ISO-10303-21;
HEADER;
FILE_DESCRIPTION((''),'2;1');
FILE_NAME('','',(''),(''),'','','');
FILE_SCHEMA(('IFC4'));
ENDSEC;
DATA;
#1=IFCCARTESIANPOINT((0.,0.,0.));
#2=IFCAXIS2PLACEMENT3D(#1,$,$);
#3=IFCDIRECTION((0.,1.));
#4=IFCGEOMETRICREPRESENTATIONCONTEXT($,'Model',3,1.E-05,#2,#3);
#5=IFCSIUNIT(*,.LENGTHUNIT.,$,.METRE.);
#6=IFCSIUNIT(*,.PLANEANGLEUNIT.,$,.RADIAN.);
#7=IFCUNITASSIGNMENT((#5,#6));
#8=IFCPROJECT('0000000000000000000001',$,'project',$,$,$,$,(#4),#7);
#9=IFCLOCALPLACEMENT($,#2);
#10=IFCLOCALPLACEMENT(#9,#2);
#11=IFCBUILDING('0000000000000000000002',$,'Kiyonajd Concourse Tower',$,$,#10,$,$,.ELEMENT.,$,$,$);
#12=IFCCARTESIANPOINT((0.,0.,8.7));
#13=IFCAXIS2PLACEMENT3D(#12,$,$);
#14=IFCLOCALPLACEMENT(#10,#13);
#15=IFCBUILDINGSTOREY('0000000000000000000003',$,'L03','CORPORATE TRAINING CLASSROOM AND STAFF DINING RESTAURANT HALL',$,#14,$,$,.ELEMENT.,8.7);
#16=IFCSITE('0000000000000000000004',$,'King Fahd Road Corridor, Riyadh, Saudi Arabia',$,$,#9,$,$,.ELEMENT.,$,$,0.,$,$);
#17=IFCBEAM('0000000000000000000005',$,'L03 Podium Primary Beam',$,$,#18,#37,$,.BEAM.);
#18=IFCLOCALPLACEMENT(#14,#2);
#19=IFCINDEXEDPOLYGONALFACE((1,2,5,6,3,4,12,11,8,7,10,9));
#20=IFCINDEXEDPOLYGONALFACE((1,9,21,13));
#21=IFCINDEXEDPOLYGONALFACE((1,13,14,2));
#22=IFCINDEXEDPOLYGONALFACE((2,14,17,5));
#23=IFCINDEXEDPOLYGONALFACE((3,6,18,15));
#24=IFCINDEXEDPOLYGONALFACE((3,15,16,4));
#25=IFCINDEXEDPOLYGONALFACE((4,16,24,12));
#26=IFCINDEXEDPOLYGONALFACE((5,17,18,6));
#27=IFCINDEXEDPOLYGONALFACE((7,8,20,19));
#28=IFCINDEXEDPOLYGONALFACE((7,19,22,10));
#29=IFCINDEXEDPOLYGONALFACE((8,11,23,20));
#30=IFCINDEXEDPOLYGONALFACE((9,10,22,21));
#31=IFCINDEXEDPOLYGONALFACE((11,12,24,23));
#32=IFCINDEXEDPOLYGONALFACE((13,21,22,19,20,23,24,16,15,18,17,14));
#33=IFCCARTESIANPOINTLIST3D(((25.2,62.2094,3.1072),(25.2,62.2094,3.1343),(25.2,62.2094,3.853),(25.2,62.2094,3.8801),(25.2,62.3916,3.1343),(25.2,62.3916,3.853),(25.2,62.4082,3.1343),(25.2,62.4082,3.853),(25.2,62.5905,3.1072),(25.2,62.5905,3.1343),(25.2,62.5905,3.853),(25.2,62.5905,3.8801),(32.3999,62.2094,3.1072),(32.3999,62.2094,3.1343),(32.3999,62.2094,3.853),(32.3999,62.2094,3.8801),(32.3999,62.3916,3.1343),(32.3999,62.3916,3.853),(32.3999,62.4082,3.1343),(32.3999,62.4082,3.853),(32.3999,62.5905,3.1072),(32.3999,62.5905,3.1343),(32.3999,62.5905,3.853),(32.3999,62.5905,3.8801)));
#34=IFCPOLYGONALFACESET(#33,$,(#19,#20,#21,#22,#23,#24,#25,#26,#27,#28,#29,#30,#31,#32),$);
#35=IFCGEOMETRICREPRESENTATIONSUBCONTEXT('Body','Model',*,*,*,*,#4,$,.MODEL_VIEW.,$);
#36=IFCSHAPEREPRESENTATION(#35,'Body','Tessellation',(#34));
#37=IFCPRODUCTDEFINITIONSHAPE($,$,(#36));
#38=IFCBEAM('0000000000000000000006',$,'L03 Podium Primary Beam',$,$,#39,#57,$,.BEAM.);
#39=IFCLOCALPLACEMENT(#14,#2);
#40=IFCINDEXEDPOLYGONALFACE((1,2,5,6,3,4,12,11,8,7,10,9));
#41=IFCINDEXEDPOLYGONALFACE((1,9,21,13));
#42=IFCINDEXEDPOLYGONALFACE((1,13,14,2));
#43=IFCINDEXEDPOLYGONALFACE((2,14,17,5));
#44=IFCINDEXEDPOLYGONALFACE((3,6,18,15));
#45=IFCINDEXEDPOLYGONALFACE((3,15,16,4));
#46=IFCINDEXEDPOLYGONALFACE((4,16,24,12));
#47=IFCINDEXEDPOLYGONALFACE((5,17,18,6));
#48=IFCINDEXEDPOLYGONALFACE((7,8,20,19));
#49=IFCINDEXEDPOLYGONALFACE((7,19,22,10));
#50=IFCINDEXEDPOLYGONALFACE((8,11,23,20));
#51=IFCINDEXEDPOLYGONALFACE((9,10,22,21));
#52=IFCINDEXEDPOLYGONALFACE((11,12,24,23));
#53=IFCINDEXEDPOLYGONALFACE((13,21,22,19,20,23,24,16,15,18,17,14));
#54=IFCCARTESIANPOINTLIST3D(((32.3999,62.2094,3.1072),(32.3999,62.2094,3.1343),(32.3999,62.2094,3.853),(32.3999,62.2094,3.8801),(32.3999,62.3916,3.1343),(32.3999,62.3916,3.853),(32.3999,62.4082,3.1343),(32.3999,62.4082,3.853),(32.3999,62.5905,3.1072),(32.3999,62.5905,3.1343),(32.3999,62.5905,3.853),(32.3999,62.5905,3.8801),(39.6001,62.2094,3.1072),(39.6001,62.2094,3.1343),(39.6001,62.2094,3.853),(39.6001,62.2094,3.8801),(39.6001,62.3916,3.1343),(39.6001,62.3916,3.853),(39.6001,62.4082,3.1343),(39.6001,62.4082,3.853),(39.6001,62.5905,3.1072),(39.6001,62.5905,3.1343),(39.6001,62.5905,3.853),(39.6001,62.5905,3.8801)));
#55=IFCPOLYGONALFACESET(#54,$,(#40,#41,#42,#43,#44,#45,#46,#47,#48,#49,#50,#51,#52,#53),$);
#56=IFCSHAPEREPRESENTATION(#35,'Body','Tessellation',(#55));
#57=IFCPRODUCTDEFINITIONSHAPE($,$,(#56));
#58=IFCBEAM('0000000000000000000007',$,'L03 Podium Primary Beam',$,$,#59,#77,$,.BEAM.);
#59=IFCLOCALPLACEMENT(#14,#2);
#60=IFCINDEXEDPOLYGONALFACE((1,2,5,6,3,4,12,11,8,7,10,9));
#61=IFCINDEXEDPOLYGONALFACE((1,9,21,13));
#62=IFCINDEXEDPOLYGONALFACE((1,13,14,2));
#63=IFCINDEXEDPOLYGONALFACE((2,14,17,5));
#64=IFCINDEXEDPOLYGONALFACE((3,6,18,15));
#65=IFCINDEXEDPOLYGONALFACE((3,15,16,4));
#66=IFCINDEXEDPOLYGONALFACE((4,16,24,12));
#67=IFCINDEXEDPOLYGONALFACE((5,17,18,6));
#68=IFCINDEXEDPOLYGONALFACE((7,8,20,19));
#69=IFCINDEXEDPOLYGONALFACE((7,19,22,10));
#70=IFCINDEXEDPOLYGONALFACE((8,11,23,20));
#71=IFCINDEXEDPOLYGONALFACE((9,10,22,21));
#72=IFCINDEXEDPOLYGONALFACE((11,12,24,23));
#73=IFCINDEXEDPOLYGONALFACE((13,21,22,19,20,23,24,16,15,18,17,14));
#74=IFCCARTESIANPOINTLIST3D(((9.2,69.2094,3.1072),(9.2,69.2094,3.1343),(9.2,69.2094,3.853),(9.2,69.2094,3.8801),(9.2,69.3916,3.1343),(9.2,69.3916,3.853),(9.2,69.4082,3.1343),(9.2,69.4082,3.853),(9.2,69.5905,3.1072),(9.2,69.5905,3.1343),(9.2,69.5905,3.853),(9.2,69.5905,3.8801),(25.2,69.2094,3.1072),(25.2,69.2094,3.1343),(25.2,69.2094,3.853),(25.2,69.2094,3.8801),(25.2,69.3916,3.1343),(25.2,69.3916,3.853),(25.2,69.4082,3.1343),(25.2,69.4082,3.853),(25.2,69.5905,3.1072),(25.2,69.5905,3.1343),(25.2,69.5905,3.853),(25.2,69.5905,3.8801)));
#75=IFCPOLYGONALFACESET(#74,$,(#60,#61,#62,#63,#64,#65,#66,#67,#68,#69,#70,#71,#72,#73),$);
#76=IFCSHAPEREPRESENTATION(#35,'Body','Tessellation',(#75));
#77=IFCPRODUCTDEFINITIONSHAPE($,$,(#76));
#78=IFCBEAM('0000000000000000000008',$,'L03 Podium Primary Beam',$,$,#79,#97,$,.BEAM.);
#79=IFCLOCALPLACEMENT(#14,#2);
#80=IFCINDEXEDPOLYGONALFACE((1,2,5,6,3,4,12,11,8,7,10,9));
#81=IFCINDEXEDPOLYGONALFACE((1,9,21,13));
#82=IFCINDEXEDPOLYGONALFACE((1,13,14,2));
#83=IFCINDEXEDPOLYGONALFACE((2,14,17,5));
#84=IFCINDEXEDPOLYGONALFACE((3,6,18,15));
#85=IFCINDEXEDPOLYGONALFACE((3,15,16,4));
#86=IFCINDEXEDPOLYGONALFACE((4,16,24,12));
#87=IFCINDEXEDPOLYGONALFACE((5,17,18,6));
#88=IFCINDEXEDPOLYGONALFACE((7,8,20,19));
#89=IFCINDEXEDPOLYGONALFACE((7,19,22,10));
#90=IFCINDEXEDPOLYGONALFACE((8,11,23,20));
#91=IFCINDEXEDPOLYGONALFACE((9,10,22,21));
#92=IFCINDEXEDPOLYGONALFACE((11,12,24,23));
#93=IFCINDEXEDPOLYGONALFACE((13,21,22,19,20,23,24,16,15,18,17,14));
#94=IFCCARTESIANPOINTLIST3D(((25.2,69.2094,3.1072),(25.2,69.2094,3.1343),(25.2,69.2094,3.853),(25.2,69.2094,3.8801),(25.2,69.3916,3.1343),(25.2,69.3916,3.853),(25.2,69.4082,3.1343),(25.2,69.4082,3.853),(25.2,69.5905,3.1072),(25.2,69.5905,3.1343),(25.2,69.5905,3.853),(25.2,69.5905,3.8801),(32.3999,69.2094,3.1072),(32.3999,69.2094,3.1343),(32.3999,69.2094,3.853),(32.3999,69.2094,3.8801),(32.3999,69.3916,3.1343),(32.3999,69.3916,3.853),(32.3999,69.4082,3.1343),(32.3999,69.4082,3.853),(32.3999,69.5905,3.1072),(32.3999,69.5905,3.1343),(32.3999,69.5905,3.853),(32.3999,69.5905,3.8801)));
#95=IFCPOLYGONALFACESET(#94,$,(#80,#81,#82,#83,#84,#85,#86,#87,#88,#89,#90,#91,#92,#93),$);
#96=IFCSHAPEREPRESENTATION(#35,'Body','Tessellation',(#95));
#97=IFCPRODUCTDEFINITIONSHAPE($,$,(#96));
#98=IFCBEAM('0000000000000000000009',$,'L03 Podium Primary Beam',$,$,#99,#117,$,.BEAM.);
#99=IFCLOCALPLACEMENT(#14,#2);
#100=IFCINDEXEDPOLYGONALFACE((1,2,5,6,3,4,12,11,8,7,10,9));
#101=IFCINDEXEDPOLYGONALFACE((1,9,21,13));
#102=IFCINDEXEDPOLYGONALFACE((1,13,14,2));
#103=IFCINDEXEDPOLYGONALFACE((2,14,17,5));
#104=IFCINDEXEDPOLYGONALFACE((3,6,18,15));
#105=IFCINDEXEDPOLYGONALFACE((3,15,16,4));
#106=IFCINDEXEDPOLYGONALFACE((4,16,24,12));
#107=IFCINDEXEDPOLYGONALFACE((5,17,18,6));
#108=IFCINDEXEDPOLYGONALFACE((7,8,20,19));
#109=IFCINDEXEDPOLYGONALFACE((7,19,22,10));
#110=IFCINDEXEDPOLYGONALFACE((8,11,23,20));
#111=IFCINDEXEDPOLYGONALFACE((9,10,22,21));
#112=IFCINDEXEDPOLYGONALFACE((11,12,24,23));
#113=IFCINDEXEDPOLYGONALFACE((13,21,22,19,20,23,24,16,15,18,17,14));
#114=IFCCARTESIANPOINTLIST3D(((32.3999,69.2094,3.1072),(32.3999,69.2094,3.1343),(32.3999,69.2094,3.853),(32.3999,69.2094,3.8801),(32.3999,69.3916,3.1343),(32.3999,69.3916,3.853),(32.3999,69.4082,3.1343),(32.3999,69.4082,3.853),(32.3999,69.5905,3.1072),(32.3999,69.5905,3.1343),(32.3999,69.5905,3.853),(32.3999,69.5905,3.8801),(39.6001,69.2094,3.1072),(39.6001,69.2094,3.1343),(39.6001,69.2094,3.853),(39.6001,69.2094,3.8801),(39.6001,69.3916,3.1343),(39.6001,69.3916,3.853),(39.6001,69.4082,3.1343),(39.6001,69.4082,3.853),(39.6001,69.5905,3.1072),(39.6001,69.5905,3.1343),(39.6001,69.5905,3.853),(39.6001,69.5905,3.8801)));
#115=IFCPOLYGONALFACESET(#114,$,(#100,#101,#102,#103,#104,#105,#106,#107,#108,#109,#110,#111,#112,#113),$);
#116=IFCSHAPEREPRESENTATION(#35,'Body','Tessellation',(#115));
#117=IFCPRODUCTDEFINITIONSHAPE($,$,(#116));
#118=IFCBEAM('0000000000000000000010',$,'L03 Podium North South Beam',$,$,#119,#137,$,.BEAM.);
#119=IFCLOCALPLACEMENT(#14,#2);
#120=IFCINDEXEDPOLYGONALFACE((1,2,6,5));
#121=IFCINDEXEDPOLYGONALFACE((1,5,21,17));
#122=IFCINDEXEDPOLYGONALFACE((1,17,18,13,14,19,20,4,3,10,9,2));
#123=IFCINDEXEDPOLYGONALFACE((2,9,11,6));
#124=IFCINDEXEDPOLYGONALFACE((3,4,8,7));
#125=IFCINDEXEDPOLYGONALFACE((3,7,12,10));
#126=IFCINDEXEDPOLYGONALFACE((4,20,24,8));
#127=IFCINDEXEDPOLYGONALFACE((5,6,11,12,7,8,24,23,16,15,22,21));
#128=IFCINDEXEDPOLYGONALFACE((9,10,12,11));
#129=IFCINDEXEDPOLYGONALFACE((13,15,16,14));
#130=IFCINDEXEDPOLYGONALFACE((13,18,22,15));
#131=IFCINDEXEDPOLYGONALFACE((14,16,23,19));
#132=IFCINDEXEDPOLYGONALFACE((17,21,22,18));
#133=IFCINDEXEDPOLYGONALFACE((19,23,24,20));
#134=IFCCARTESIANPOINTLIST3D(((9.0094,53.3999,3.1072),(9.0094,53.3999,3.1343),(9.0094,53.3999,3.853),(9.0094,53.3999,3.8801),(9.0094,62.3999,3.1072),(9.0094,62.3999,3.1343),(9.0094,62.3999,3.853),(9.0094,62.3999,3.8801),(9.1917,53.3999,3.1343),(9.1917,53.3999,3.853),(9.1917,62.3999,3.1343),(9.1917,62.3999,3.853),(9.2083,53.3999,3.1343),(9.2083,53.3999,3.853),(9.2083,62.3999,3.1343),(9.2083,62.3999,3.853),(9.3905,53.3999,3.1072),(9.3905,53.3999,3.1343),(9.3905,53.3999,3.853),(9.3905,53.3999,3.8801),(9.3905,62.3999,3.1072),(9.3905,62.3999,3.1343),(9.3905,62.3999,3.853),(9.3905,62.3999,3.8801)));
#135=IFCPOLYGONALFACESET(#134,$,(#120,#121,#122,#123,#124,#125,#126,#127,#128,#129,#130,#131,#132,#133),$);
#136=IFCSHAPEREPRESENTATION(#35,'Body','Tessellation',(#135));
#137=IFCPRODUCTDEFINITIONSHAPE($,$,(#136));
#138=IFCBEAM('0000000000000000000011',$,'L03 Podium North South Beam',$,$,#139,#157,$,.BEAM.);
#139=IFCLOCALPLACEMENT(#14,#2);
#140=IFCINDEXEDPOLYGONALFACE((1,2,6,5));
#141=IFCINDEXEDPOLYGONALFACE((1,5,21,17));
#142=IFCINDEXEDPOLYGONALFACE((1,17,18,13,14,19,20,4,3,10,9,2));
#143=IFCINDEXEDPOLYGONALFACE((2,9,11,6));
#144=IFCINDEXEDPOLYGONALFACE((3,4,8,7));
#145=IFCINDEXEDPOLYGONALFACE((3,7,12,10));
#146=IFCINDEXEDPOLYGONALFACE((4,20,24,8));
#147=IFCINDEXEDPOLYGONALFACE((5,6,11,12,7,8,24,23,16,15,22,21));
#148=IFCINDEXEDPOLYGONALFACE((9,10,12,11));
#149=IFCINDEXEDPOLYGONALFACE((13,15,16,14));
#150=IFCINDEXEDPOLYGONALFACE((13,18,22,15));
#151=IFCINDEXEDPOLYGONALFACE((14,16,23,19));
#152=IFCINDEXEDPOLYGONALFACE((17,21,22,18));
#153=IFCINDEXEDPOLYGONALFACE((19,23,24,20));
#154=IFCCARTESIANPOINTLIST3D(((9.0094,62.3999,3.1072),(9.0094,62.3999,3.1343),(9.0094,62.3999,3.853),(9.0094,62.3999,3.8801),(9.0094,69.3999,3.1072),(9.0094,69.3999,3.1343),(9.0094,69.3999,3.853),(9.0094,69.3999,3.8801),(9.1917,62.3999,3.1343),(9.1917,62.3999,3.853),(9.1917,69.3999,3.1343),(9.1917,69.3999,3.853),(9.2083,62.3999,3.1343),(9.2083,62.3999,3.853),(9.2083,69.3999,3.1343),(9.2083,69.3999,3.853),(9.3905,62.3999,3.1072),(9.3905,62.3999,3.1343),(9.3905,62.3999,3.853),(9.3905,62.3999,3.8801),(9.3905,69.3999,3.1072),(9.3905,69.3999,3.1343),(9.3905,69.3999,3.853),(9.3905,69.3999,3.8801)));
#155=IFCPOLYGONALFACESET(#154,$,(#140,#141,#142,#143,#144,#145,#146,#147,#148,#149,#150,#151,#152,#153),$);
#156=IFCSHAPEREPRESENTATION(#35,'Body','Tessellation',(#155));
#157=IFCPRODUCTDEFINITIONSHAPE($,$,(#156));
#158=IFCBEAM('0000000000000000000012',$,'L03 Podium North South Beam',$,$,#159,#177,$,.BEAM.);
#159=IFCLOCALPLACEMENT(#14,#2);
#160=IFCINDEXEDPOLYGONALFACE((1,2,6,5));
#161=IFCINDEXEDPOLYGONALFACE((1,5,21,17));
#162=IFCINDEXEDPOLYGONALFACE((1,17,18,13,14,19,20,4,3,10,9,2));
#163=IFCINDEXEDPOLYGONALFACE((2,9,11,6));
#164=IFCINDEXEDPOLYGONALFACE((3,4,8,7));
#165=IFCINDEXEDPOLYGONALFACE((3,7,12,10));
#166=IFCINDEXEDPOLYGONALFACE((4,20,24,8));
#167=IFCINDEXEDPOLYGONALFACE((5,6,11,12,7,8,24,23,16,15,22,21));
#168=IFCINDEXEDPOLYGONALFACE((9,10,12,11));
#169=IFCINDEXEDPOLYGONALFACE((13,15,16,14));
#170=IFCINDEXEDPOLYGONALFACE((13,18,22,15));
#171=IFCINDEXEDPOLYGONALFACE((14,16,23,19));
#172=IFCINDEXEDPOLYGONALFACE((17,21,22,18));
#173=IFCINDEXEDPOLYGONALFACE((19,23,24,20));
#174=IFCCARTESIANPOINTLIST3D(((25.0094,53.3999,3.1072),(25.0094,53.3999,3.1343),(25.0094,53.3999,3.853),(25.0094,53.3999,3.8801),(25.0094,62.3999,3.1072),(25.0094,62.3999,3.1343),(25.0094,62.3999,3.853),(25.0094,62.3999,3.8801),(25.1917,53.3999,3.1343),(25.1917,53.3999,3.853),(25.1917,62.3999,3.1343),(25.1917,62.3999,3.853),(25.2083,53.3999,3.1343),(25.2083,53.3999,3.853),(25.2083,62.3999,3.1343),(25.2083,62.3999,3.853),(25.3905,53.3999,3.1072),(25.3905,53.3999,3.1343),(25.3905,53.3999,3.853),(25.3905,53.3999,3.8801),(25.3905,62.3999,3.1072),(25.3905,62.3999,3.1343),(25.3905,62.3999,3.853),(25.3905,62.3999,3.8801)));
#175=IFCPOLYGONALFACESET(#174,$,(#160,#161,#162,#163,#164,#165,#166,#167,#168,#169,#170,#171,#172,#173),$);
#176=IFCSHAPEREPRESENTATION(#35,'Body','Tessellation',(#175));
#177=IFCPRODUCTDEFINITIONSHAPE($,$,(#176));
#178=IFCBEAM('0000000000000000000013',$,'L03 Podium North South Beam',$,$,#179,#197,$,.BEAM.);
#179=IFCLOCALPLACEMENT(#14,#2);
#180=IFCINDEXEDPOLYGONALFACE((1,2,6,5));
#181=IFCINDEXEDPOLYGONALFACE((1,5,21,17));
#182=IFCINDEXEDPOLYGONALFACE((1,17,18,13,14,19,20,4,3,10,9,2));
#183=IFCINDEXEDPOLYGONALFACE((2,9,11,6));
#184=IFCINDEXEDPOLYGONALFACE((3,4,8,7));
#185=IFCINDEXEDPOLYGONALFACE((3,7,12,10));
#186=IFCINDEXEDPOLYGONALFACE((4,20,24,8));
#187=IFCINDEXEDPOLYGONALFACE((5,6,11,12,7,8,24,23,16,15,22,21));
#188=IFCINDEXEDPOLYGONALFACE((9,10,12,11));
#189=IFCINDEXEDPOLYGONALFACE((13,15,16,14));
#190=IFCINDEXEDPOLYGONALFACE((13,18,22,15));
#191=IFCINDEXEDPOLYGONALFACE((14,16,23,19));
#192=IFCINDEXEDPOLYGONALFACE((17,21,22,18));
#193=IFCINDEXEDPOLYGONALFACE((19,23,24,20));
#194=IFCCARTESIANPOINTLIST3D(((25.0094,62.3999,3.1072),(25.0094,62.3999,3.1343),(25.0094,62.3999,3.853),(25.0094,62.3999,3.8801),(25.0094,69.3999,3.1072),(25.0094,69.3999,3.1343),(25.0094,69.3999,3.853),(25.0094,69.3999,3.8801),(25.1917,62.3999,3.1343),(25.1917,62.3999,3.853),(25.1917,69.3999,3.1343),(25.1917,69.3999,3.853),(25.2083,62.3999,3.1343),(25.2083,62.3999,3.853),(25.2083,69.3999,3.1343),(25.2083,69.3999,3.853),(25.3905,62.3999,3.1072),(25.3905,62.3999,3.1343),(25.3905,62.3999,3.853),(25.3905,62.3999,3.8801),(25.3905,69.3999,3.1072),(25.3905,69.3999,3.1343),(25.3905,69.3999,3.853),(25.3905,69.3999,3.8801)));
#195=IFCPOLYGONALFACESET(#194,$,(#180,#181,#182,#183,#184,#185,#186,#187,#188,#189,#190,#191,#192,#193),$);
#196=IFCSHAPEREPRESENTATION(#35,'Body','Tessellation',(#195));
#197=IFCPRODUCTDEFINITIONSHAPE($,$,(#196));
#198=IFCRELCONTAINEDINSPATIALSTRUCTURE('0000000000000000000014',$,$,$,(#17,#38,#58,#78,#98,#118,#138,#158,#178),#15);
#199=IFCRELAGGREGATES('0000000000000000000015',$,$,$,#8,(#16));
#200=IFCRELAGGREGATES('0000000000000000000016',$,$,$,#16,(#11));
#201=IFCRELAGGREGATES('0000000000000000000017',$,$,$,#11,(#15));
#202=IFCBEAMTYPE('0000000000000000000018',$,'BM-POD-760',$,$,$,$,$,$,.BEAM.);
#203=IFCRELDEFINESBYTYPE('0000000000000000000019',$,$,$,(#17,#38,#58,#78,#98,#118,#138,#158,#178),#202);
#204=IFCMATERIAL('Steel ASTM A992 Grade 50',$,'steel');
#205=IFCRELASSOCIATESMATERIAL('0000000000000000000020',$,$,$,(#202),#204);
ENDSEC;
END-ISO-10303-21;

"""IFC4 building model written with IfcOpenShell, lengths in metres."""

from ifc_helpers import new_model, si_unit, direction, frame, origin, origin_2d, place, context, subcontext, project, spatial, i_section, extrude, material, material_profile, profile_set, type_object, element, save


model = new_model("IFC4")

# Units and contexts
model_context = context("Model", 3, precision=1e-05, world=origin(), true_north=direction((0.0, 1.0)))
body_context = subcontext(model_context, "Body", "Model", "MODEL_VIEW")
ifc_project = project(units=[si_unit("LENGTHUNIT", "METRE"), si_unit("PLANEANGLEUNIT", "RADIAN")], contexts=[model_context])

# Site, building, storey
site_placement = place(None, origin())
site = spatial("IfcSite", under=ifc_project, at=site_placement, Name="King Fahd Road Corridor, Riyadh, Saudi Arabia", CompositionType="ELEMENT", RefElevation=0.0)
building_placement = place(site_placement, origin())
building = spatial("IfcBuilding", under=site, at=building_placement, Name="Kiyonajd Concourse Tower", CompositionType="ELEMENT")
storey_placement = place(building_placement, frame((0.0, 0.0, 8.7)))
storey = spatial("IfcBuildingStorey", under=building, at=storey_placement, Name="L03", Description="CORPORATE TRAINING CLASSROOM AND STAFF DINING RESTAURANT HALL", CompositionType="ELEMENT", Elevation=8.7)

# Beams
ifc_material_1 = material(Name="Steel ASTM A992 Grade 50", Category="steel")
ifc_material_profile_1 = material_profile(ifc_material_1, i_section(OverallWidth=0.3811, OverallDepth=0.7729, WebThickness=0.0166, FlangeThickness=0.0271, at=origin_2d()), Name="W760X257")
ifc_profile_set_1 = profile_set([ifc_material_profile_1], Name="Steel ASTM A992 Grade 50")
beam_type_1 = type_object("IfcBeamType", Name="BM-POD-760", PredefinedType="BEAM", material=ifc_profile_set_1)
beam_1_placement = place(storey_placement, frame((25.2, 62.3999, 3.4937), z_axis=(1.0, 0.0, 0.0), x_axis=(0.0, 1.0, 0.0)))
element("IfcBeam", 1, at=beam_1_placement, inside=storey, type_object=beam_type_1, Name="L03 Podium Primary Beam", PredefinedType="BEAM", context=body_context, shape_type="SweptSolid", body=[
    extrude(i_section(OverallWidth=0.3811, OverallDepth=0.7729, WebThickness=0.0166, FlangeThickness=0.0271, at=origin_2d()), origin(), (0.0, 0.0, 1.0), 7.2),
])
beam_2_placement = place(storey_placement, frame((32.3999, 62.3999, 3.4937), z_axis=(1.0, 0.0, 0.0), x_axis=(0.0, 1.0, 0.0)))
element("IfcBeam", 2, at=beam_2_placement, inside=storey, type_object=beam_type_1, Name="L03 Podium Primary Beam", PredefinedType="BEAM", context=body_context, shape_type="SweptSolid", body=[
    extrude(i_section(OverallWidth=0.3811, OverallDepth=0.7729, WebThickness=0.0166, FlangeThickness=0.0271, at=origin_2d()), origin(), (0.0, 0.0, 1.0), 7.2002),
])
beam_3_placement = place(storey_placement, frame((9.2, 69.3999, 3.4937), z_axis=(1.0, 0.0, 0.0), x_axis=(0.0, 1.0, 0.0)))
element("IfcBeam", 3, at=beam_3_placement, inside=storey, type_object=beam_type_1, Name="L03 Podium Primary Beam", PredefinedType="BEAM", context=body_context, shape_type="SweptSolid", body=[
    extrude(i_section(OverallWidth=0.3811, OverallDepth=0.7729, WebThickness=0.0166, FlangeThickness=0.0271, at=origin_2d()), origin(), (0.0, 0.0, 1.0), 16.0),
])
beam_4_placement = place(storey_placement, frame((25.2, 69.3999, 3.4937), z_axis=(1.0, 0.0, 0.0), x_axis=(0.0, 1.0, 0.0)))
element("IfcBeam", 4, at=beam_4_placement, inside=storey, type_object=beam_type_1, Name="L03 Podium Primary Beam", PredefinedType="BEAM", context=body_context, shape_type="SweptSolid", body=[
    extrude(i_section(OverallWidth=0.3811, OverallDepth=0.7729, WebThickness=0.0166, FlangeThickness=0.0271, at=origin_2d()), origin(), (0.0, 0.0, 1.0), 7.2),
])
beam_5_placement = place(storey_placement, frame((32.3999, 69.3999, 3.4937), z_axis=(1.0, 0.0, 0.0), x_axis=(0.0, 1.0, 0.0)))
element("IfcBeam", 5, at=beam_5_placement, inside=storey, type_object=beam_type_1, Name="L03 Podium Primary Beam", PredefinedType="BEAM", context=body_context, shape_type="SweptSolid", body=[
    extrude(i_section(OverallWidth=0.3811, OverallDepth=0.7729, WebThickness=0.0166, FlangeThickness=0.0271, at=origin_2d()), origin(), (0.0, 0.0, 1.0), 7.2002),
])
beam_6_placement = place(storey_placement, frame((9.2, 53.3999, 3.4937), z_axis=(0.0, 1.0, 0.0), x_axis=(-1.0, 0.0, 0.0)))
element("IfcBeam", 6, at=beam_6_placement, inside=storey, type_object=beam_type_1, Name="L03 Podium North South Beam", PredefinedType="BEAM", context=body_context, shape_type="SweptSolid", body=[
    extrude(i_section(OverallWidth=0.3811, OverallDepth=0.7729, WebThickness=0.0166, FlangeThickness=0.0271, at=origin_2d()), origin(), (0.0, 0.0, 1.0), 9.0),
])
beam_7_placement = place(storey_placement, frame((9.2, 62.3999, 3.4937), z_axis=(0.0, 1.0, 0.0), x_axis=(-1.0, 0.0, 0.0)))
element("IfcBeam", 7, at=beam_7_placement, inside=storey, type_object=beam_type_1, Name="L03 Podium North South Beam", PredefinedType="BEAM", context=body_context, shape_type="SweptSolid", body=[
    extrude(i_section(OverallWidth=0.3811, OverallDepth=0.7729, WebThickness=0.0166, FlangeThickness=0.0271, at=origin_2d()), origin(), (0.0, 0.0, 1.0), 7.0),
])
beam_8_placement = place(storey_placement, frame((25.2, 53.3999, 3.4937), z_axis=(0.0, 1.0, 0.0), x_axis=(-1.0, 0.0, 0.0)))
element("IfcBeam", 8, at=beam_8_placement, inside=storey, type_object=beam_type_1, Name="L03 Podium North South Beam", PredefinedType="BEAM", context=body_context, shape_type="SweptSolid", body=[
    extrude(i_section(OverallWidth=0.3811, OverallDepth=0.7729, WebThickness=0.0166, FlangeThickness=0.0271, at=origin_2d()), origin(), (0.0, 0.0, 1.0), 9.0),
])
beam_9_placement = place(storey_placement, frame((25.2, 62.3999, 3.4937), z_axis=(0.0, 1.0, 0.0), x_axis=(-1.0, 0.0, 0.0)))
element("IfcBeam", 9, at=beam_9_placement, inside=storey, type_object=beam_type_1, Name="L03 Podium North South Beam", PredefinedType="BEAM", context=body_context, shape_type="SweptSolid", body=[
    extrude(i_section(OverallWidth=0.3811, OverallDepth=0.7729, WebThickness=0.0166, FlangeThickness=0.0271, at=origin_2d()), origin(), (0.0, 0.0, 1.0), 7.0),
])

save(model, "model.ifc")
